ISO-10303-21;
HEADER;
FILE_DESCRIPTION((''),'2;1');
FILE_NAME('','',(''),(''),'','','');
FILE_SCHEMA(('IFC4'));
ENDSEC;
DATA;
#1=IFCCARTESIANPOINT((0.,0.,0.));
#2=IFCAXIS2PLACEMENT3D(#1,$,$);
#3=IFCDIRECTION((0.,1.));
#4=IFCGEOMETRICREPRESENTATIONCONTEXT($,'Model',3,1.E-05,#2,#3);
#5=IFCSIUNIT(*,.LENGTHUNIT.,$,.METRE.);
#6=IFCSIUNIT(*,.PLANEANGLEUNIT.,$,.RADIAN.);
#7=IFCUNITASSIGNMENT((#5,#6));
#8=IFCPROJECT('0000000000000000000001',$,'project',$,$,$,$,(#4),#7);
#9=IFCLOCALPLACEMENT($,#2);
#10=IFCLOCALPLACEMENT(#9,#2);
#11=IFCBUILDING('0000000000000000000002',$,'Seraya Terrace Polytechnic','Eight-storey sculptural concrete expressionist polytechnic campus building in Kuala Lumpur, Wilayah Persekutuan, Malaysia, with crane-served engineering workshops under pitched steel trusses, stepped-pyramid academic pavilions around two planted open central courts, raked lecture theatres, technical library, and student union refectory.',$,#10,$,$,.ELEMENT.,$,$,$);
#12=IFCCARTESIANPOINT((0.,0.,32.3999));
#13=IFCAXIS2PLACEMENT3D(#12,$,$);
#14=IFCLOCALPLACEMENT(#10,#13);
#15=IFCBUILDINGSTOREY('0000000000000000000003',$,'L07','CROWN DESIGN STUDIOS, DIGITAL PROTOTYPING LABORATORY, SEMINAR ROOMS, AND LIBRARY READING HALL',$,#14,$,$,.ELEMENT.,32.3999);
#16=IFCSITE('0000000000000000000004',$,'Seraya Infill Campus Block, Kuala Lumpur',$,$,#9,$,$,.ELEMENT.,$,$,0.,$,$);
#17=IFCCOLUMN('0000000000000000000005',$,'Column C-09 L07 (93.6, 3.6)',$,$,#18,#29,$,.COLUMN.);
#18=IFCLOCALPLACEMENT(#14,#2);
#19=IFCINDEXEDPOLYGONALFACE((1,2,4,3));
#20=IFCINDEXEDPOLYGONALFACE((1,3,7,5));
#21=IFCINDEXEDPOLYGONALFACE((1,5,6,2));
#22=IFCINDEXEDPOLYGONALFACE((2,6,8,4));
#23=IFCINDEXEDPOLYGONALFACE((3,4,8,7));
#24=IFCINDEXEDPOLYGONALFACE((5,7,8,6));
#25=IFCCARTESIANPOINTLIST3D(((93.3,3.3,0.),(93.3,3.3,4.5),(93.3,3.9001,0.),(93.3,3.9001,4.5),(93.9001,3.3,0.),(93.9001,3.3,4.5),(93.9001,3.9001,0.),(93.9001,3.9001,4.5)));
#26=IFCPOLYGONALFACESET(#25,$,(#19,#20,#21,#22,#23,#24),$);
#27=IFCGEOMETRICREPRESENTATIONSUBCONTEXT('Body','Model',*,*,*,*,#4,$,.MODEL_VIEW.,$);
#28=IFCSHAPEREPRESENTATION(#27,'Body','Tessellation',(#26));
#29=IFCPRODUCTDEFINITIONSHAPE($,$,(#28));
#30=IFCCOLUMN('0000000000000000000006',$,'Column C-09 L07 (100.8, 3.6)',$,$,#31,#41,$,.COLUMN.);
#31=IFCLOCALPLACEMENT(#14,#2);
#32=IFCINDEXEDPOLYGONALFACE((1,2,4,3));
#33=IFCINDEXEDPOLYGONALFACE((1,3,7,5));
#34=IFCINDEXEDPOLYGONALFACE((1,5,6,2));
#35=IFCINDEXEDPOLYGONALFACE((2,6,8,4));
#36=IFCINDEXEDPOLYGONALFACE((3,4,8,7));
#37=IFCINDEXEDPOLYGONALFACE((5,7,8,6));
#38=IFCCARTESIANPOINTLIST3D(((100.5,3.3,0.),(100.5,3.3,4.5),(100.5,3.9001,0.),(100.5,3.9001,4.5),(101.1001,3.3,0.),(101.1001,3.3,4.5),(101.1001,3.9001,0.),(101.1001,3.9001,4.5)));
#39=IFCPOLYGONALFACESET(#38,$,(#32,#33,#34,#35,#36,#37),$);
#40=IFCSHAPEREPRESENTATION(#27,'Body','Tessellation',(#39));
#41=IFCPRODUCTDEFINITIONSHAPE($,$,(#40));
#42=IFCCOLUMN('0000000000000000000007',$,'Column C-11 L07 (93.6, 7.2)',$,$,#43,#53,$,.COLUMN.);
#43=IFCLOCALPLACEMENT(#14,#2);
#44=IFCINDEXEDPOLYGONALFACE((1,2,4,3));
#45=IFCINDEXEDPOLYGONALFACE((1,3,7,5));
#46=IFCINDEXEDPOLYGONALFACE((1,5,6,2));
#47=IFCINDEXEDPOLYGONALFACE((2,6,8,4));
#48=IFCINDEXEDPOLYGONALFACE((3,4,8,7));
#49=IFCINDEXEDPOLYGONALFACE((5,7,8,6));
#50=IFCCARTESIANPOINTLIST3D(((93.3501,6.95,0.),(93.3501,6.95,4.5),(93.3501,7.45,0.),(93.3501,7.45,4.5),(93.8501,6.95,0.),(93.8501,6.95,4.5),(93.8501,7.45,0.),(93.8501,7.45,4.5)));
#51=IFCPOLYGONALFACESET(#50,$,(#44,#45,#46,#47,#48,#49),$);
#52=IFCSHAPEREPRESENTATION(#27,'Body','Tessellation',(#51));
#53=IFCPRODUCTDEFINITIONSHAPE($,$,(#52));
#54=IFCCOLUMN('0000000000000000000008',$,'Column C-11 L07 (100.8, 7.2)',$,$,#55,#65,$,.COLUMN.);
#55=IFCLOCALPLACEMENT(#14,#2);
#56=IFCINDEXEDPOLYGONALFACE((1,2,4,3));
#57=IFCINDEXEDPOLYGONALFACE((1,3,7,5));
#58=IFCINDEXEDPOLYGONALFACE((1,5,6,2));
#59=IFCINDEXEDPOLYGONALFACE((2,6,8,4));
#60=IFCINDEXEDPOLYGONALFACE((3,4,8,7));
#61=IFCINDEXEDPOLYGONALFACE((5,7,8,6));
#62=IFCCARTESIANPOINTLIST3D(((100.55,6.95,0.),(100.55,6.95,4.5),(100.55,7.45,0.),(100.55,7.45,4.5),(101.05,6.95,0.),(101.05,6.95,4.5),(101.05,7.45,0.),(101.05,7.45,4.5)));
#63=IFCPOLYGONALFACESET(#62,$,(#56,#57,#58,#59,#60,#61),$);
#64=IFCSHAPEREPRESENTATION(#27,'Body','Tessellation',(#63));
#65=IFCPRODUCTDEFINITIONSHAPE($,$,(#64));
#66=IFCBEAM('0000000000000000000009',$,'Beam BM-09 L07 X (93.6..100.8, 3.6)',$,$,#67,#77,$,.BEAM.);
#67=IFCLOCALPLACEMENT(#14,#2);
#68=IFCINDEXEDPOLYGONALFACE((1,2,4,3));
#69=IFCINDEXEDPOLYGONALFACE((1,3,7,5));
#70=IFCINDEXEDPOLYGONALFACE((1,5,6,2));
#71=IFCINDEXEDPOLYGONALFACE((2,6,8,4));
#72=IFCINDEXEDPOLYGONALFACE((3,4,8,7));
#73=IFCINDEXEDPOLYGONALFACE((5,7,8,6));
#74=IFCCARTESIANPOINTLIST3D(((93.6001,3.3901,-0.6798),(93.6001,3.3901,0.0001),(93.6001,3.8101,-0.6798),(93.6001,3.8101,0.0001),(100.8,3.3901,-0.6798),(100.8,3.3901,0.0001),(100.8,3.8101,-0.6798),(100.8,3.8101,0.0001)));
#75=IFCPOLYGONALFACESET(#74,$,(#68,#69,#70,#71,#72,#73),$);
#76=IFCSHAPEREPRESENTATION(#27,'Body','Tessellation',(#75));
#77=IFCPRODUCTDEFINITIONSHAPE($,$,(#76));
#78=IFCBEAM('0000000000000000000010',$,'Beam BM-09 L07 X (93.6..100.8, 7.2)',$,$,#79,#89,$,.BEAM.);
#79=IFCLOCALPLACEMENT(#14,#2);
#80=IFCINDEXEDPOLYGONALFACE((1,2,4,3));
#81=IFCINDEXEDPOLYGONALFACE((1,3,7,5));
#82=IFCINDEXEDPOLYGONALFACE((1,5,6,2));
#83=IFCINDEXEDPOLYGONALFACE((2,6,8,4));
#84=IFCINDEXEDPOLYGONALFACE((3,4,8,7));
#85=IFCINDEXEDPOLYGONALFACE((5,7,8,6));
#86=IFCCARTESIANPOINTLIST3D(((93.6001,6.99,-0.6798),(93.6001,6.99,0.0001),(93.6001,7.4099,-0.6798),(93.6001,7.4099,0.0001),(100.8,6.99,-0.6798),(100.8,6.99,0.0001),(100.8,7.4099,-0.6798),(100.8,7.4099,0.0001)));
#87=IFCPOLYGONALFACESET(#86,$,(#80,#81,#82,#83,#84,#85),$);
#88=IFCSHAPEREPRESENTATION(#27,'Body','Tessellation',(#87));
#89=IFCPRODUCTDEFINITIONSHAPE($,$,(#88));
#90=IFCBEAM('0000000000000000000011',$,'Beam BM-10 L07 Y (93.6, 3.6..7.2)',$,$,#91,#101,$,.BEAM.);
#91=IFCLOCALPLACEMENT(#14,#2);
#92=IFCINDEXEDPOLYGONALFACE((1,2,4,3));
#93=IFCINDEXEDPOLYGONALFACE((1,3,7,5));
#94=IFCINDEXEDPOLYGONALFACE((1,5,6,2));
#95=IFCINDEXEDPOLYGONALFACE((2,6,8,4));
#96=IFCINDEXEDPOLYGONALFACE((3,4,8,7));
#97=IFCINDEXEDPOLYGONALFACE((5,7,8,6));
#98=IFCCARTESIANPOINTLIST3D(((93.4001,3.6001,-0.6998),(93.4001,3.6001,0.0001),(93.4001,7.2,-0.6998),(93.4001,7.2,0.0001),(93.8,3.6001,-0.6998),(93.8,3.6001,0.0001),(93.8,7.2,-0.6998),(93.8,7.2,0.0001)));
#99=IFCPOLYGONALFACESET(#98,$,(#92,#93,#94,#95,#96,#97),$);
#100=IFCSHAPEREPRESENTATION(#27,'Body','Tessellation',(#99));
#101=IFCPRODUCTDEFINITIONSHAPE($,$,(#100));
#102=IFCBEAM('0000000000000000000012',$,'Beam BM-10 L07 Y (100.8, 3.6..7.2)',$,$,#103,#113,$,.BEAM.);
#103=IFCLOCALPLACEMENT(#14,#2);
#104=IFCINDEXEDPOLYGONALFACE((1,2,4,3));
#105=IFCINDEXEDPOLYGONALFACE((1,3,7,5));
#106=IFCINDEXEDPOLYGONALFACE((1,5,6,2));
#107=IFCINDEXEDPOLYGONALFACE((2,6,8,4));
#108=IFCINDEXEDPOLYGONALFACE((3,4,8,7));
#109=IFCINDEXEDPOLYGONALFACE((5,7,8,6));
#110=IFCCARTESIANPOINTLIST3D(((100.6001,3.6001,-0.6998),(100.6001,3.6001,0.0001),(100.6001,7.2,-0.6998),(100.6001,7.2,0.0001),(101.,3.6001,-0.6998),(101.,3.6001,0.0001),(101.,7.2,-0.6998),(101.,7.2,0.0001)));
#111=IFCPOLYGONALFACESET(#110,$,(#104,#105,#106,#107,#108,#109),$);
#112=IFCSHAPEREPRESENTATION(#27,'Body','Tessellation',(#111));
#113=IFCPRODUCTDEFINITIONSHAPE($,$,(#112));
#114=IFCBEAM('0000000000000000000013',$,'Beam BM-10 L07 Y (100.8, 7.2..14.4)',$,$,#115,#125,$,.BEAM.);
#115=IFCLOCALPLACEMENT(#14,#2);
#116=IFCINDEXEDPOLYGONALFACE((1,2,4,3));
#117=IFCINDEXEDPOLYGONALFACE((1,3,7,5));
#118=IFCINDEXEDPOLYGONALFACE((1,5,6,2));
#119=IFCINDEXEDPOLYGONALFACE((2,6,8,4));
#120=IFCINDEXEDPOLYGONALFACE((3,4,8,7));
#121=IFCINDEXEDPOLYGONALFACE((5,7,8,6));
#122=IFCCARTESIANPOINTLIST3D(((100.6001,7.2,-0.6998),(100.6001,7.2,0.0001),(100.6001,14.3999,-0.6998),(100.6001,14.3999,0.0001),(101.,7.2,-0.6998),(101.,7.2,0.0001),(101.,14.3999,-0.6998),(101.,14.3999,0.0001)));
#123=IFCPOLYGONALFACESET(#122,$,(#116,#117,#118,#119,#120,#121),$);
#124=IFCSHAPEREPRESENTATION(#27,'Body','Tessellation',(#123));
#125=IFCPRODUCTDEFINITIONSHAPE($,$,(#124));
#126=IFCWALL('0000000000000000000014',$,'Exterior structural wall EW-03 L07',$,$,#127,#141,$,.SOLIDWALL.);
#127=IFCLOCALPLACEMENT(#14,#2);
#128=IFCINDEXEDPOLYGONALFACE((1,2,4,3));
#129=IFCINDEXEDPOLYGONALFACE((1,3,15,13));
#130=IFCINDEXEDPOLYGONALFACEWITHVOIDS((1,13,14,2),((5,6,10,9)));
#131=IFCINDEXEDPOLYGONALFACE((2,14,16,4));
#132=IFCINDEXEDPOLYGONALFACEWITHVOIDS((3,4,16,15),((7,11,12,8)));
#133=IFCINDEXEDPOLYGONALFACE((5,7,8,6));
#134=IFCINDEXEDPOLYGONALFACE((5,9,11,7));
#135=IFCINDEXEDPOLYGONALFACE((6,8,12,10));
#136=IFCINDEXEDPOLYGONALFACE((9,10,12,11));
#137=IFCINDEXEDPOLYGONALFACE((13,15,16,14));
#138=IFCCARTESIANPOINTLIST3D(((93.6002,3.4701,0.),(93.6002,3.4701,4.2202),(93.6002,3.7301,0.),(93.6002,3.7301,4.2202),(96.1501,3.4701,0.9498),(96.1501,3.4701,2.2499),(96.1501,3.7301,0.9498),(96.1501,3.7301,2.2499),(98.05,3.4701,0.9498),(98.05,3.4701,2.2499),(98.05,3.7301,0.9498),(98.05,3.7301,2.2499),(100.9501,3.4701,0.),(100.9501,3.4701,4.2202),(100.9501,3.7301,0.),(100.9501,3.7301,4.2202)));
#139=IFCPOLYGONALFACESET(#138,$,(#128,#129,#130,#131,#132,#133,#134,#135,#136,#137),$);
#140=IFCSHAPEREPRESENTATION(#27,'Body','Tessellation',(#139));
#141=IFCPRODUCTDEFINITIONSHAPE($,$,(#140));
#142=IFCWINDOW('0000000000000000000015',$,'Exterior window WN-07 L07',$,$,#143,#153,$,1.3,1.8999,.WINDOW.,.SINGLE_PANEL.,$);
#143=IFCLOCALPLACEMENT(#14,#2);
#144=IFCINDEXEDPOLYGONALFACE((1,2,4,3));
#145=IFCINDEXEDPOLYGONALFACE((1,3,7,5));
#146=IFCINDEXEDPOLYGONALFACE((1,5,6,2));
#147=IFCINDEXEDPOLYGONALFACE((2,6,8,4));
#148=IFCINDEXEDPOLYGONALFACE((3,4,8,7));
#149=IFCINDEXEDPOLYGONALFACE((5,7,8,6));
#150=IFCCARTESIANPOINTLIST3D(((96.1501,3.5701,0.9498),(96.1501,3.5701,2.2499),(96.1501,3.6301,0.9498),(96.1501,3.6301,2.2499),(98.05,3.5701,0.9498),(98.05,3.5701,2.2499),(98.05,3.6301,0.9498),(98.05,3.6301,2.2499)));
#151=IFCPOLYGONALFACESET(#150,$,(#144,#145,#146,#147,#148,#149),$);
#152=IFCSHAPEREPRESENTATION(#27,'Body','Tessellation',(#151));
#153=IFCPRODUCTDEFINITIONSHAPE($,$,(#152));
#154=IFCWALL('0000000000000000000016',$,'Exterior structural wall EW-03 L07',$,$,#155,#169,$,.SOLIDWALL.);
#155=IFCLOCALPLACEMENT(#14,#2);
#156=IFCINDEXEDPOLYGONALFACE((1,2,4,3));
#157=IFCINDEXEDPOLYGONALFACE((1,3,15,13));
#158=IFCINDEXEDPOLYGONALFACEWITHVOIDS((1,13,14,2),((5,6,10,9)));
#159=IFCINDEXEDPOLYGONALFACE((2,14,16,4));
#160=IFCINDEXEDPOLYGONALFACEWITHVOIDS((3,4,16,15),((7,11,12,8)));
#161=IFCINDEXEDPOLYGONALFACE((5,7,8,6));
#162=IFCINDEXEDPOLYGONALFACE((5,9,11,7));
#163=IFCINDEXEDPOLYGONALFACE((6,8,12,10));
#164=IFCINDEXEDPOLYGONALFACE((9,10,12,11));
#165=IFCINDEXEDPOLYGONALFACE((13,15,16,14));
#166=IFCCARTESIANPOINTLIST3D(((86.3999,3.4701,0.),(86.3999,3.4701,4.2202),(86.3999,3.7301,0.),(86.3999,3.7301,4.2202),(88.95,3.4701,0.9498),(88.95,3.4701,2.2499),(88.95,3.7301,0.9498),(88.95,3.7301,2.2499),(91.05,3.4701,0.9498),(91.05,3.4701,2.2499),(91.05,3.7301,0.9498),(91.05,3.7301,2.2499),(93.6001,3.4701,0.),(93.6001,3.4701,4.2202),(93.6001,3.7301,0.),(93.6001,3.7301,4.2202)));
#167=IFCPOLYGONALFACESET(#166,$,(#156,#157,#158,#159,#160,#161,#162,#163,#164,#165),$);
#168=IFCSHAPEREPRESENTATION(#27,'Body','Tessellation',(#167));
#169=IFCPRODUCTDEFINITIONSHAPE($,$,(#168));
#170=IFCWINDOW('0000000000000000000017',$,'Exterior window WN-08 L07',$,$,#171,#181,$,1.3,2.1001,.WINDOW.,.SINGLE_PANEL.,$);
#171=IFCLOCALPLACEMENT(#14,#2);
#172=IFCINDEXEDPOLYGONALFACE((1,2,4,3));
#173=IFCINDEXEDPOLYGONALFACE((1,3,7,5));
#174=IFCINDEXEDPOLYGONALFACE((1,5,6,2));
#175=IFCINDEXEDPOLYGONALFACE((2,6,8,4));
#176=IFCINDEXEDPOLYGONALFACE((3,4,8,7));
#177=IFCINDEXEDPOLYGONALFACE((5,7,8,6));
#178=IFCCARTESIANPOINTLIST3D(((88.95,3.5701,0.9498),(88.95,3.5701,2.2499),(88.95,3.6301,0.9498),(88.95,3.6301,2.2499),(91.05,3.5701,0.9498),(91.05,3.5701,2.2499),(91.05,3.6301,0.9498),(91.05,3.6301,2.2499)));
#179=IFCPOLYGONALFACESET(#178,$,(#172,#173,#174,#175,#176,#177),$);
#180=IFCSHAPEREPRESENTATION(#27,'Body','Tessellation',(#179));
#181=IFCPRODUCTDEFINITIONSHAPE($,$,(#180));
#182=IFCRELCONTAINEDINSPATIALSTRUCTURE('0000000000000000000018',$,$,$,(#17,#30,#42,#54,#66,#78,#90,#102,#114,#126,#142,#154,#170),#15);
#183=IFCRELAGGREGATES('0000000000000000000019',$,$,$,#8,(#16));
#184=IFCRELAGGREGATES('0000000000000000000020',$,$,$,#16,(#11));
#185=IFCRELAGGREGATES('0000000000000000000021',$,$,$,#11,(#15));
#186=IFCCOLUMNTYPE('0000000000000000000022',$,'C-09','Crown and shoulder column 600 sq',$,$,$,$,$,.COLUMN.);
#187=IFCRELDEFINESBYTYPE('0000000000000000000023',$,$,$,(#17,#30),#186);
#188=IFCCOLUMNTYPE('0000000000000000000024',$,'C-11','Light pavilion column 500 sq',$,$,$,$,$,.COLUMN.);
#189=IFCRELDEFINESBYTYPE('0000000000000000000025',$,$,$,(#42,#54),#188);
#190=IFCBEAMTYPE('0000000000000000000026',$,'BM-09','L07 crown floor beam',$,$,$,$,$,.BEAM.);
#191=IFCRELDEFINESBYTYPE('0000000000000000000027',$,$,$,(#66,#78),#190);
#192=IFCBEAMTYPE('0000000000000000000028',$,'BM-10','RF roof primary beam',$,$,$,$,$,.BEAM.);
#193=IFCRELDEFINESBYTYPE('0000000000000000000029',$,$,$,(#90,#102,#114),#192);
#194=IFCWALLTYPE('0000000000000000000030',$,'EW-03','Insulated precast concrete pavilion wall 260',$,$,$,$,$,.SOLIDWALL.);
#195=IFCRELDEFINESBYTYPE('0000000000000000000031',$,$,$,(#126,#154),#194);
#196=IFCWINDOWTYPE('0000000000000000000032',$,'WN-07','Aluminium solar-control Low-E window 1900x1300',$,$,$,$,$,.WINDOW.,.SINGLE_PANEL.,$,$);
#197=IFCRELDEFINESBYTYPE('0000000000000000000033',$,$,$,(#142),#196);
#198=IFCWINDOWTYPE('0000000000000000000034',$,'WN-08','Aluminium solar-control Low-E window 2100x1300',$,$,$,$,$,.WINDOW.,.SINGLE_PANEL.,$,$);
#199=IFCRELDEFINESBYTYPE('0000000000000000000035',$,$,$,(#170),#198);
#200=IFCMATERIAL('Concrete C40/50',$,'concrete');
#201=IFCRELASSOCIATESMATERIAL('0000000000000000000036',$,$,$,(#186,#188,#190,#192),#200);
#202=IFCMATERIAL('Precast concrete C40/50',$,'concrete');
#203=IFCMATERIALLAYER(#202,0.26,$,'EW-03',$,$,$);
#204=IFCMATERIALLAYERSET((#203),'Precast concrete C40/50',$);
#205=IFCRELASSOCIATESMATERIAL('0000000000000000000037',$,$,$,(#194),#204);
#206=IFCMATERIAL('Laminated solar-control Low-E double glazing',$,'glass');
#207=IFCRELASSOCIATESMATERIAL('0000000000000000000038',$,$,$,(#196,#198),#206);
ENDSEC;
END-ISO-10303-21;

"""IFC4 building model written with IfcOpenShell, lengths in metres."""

from ifc_helpers import new_model, si_unit, direction, frame, frame_2d, origin, origin_2d, place, context, subcontext, project, spatial, rectangle, extrude, material, layer, layer_set, material_profile, profile_set, type_object, element, fill, save


model = new_model("IFC4")

# Units and contexts
model_context = context("Model", 3, precision=1e-05, world=origin(), true_north=direction((0.0, 1.0)))
body_context = subcontext(model_context, "Body", "Model", "MODEL_VIEW")
ifc_project = project(units=[si_unit("LENGTHUNIT", "METRE"), si_unit("PLANEANGLEUNIT", "RADIAN")], contexts=[model_context])

# Site, building, storey
site_placement = place(None, origin())
site = spatial("IfcSite", under=ifc_project, at=site_placement, Name="Seraya Infill Campus Block, Kuala Lumpur", CompositionType="ELEMENT", RefElevation=0.0)
building_placement = place(site_placement, origin())
building = spatial("IfcBuilding", under=site, at=building_placement, Name="Seraya Terrace Polytechnic", Description="Eight-storey sculptural concrete expressionist polytechnic campus building in Kuala Lumpur, Wilayah Persekutuan, Malaysia, with crane-served engineering workshops under pitched steel trusses, stepped-pyramid academic pavilions around two planted open central courts, raked lecture theatres, technical library, and student union refectory.", CompositionType="ELEMENT")
storey_placement = place(building_placement, frame((0.0, 0.0, 32.3999)))
storey = spatial("IfcBuildingStorey", under=building, at=storey_placement, Name="L07", Description="CROWN DESIGN STUDIOS, DIGITAL PROTOTYPING LABORATORY, SEMINAR ROOMS, AND LIBRARY READING HALL", CompositionType="ELEMENT", Elevation=32.3999)

# Columns
ifc_material_1 = material(Name="Concrete C40/50", Category="concrete")
ifc_material_profile_1 = material_profile(ifc_material_1, rectangle(XDim=0.6001, YDim=0.6001, at=origin_2d()), Name="RC 600x600")
ifc_profile_set_1 = profile_set([ifc_material_profile_1], Name="Concrete C40/50")
column_type_1 = type_object("IfcColumnType", Name="C-09", Description="Crown and shoulder column 600 sq", PredefinedType="COLUMN", material=ifc_profile_set_1)
for number, where, z_axis, x_axis, name in (
    (1, (93.6001, 3.6001, 0.0), (0.0, 0.0, 1.0), (1.0, 0.0, 0.0), "Column C-09 L07 (93.6, 3.6)"),
    (2, (100.8, 3.6001, 0.0), (0.0, 0.0, 1.0), (1.0, 0.0, 0.0), "Column C-09 L07 (100.8, 3.6)"),
):
    element("IfcColumn", number, at=place(storey_placement, frame(where, z_axis=z_axis, x_axis=x_axis)), inside=storey, type_object=column_type_1, Name=name, PredefinedType="COLUMN", context=body_context, shape_type="SweptSolid", body=[
        extrude(rectangle(XDim=0.6001, YDim=0.6001, at=origin_2d()), origin(), (0.0, 0.0, 1.0), 4.5),
    ])
ifc_material_profile_2 = material_profile(ifc_material_1, rectangle(XDim=0.5, YDim=0.5, at=origin_2d()), Name="RC 500x500")
ifc_profile_set_2 = profile_set([ifc_material_profile_2], Name="Concrete C40/50")
column_type_2 = type_object("IfcColumnType", Name="C-11", Description="Light pavilion column 500 sq", PredefinedType="COLUMN", material=ifc_profile_set_2)
for number, where, z_axis, x_axis, name in (
    (3, (93.6001, 7.2, 0.0), (0.0, 0.0, 1.0), (1.0, 0.0, 0.0), "Column C-11 L07 (93.6, 7.2)"),
    (4, (100.8, 7.2, 0.0), (0.0, 0.0, 1.0), (1.0, 0.0, 0.0), "Column C-11 L07 (100.8, 7.2)"),
):
    element("IfcColumn", number, at=place(storey_placement, frame(where, z_axis=z_axis, x_axis=x_axis)), inside=storey, type_object=column_type_2, Name=name, PredefinedType="COLUMN", context=body_context, shape_type="SweptSolid", body=[
        extrude(rectangle(XDim=0.5, YDim=0.5, at=origin_2d()), origin(), (0.0, 0.0, 1.0), 4.5),
    ])

# Beams
ifc_material_profile_3 = material_profile(ifc_material_1, rectangle(XDim=0.4199, YDim=0.6799, at=origin_2d()), Name="RC 420x680")
ifc_profile_set_3 = profile_set([ifc_material_profile_3], Name="Concrete C40/50")
beam_type_1 = type_object("IfcBeamType", Name="BM-09", Description="L07 crown floor beam", PredefinedType="BEAM", material=ifc_profile_set_3)
for number, where, z_axis, x_axis, name in (
    (5, (93.6001, 3.6001, -0.3398), (1.0, 0.0, 0.0), (0.0, 1.0, 0.0), "Beam BM-09 L07 X (93.6..100.8, 3.6)"),
    (6, (93.6001, 7.2, -0.3398), (1.0, 0.0, 0.0), (0.0, 1.0, 0.0), "Beam BM-09 L07 X (93.6..100.8, 7.2)"),
):
    element("IfcBeam", number, at=place(storey_placement, frame(where, z_axis=z_axis, x_axis=x_axis)), inside=storey, type_object=beam_type_1, Name=name, PredefinedType="BEAM", context=body_context, shape_type="SweptSolid", body=[
        extrude(rectangle(XDim=0.4199, YDim=0.6799, at=origin_2d()), origin(), (0.0, 0.0, 1.0), 7.2),
    ])
ifc_material_profile_4 = material_profile(ifc_material_1, rectangle(XDim=0.3999, YDim=0.7, at=origin_2d()), Name="RC 400x700")
ifc_profile_set_4 = profile_set([ifc_material_profile_4], Name="Concrete C40/50")
beam_type_2 = type_object("IfcBeamType", Name="BM-10", Description="RF roof primary beam", PredefinedType="BEAM", material=ifc_profile_set_4)
for number, where, z_axis, x_axis, name in (
    (7, (93.6001, 3.6001, -0.3499), (0.0, 1.0, 0.0), (-1.0, 0.0, 0.0), "Beam BM-10 L07 Y (93.6, 3.6..7.2)"),
    (8, (100.8, 3.6001, -0.3499), (0.0, 1.0, 0.0), (-1.0, 0.0, 0.0), "Beam BM-10 L07 Y (100.8, 3.6..7.2)"),
):
    element("IfcBeam", number, at=place(storey_placement, frame(where, z_axis=z_axis, x_axis=x_axis)), inside=storey, type_object=beam_type_2, Name=name, PredefinedType="BEAM", context=body_context, shape_type="SweptSolid", body=[
        extrude(rectangle(XDim=0.3999, YDim=0.7, at=origin_2d()), origin(), (0.0, 0.0, 1.0), 3.5999),
    ])
beam_placement = place(storey_placement, frame((100.8, 7.2, -0.3499), z_axis=(0.0, 1.0, 0.0), x_axis=(-1.0, 0.0, 0.0)))
element("IfcBeam", 9, at=beam_placement, inside=storey, type_object=beam_type_2, Name="Beam BM-10 L07 Y (100.8, 7.2..14.4)", PredefinedType="BEAM", context=body_context, shape_type="SweptSolid", body=[
    extrude(rectangle(XDim=0.3999, YDim=0.7, at=origin_2d()), origin(), (0.0, 0.0, 1.0), 7.2),
])

# Walls, openings, windows
ifc_material_2 = material(Name="Precast concrete C40/50", Category="concrete")
ifc_layer_1 = layer(ifc_material_2, 0.26, Name="EW-03")
ifc_layer_set_1 = layer_set([ifc_layer_1], Name="Precast concrete C40/50")
wall_type_1 = type_object("IfcWallType", Name="EW-03", Description="Insulated precast concrete pavilion wall 260", PredefinedType="SOLIDWALL", material=ifc_layer_set_1)
wall_1_placement = place(storey_placement, frame((100.95, 3.6001, 0.0), z_axis=(0.0, 0.0, 1.0), x_axis=(-1.0, 0.0, 0.0)))
wall_1 = element("IfcWall", 10, at=wall_1_placement, inside=storey, type_object=wall_type_1, Name="Exterior structural wall EW-03 L07", PredefinedType="SOLIDWALL", context=body_context, shape_type="SweptSolid", body=[
    extrude(rectangle(XDim=7.3499, YDim=0.26, at=frame_2d((3.6748, 0.0))), origin(), (0.0, 0.0, 1.0), 4.2202),
])
opening_1_placement = place(wall_1_placement, frame((2.8999, 0.0, 0.95)))
opening_1 = element("IfcOpeningElement", 11, at=opening_1_placement, cuts=wall_1, PredefinedType="OPENING", context=body_context, shape_type="SweptSolid", body=[
    extrude(rectangle(XDim=1.8999, YDim=1.3, at=frame_2d((0.95, 0.6499))), frame((0.0, 0.1421, 0.0), z_axis=(0.0, -1.0, 0.0), x_axis=(1.0, 0.0, 0.0)), (0.0, 0.0, 1.0), 0.2839),
])
ifc_material_3 = material(Name="Laminated solar-control Low-E double glazing", Category="glass")
window_type_1 = type_object("IfcWindowType", Name="WN-07", Description="Aluminium solar-control Low-E window 1900x1300", PartitioningType="SINGLE_PANEL", PredefinedType="WINDOW", material=ifc_material_3)
window_1_placement = place(opening_1_placement, origin())
window_1 = element("IfcWindow", 12, at=window_1_placement, inside=storey, type_object=window_type_1, Name="Exterior window WN-07 L07", OverallHeight=1.3, OverallWidth=1.8999, PartitioningType="SINGLE_PANEL", PredefinedType="WINDOW", context=body_context, shape_type="SweptSolid", body=[
    extrude(rectangle(XDim=1.8999, YDim=1.3, at=frame_2d((0.95, 0.6499))), frame((0.0, 0.03, 0.0), z_axis=(0.0, -1.0, 0.0), x_axis=(1.0, 0.0, 0.0)), (0.0, 0.0, 1.0), 0.0601),
])
fill(opening_1, window_1)
wall_2_placement = place(storey_placement, frame((93.6001, 3.6001, 0.0), z_axis=(0.0, 0.0, 1.0), x_axis=(-1.0, 0.0, 0.0)))
wall_2 = element("IfcWall", 13, at=wall_2_placement, inside=storey, type_object=wall_type_1, Name="Exterior structural wall EW-03 L07", PredefinedType="SOLIDWALL", context=body_context, shape_type="SweptSolid", body=[
    extrude(rectangle(XDim=7.2002, YDim=0.26, at=frame_2d((3.6001, 0.0))), origin(), (0.0, 0.0, 1.0), 4.2202),
])
opening_2_placement = place(wall_2_placement, frame((2.55, 0.0, 0.95)))
opening_2 = element("IfcOpeningElement", 14, at=opening_2_placement, cuts=wall_2, PredefinedType="OPENING", context=body_context, shape_type="SweptSolid", body=[
    extrude(rectangle(XDim=2.1001, YDim=1.3, at=frame_2d((1.05, 0.6499))), frame((0.0, 0.1421, 0.0), z_axis=(0.0, -1.0, 0.0), x_axis=(1.0, 0.0, 0.0)), (0.0, 0.0, 1.0), 0.2839),
])
window_type_2 = type_object("IfcWindowType", Name="WN-08", Description="Aluminium solar-control Low-E window 2100x1300", PartitioningType="SINGLE_PANEL", PredefinedType="WINDOW", material=ifc_material_3)
window_2_placement = place(opening_2_placement, origin())
window_2 = element("IfcWindow", 15, at=window_2_placement, inside=storey, type_object=window_type_2, Name="Exterior window WN-08 L07", OverallHeight=1.3, OverallWidth=2.1001, PartitioningType="SINGLE_PANEL", PredefinedType="WINDOW", context=body_context, shape_type="SweptSolid", body=[
    extrude(rectangle(XDim=2.1001, YDim=1.3, at=frame_2d((1.05, 0.6499))), frame((0.0, 0.03, 0.0), z_axis=(0.0, -1.0, 0.0), x_axis=(1.0, 0.0, 0.0)), (0.0, 0.0, 1.0), 0.0601),
])
fill(opening_2, window_2)

save(model, "model.ifc")
